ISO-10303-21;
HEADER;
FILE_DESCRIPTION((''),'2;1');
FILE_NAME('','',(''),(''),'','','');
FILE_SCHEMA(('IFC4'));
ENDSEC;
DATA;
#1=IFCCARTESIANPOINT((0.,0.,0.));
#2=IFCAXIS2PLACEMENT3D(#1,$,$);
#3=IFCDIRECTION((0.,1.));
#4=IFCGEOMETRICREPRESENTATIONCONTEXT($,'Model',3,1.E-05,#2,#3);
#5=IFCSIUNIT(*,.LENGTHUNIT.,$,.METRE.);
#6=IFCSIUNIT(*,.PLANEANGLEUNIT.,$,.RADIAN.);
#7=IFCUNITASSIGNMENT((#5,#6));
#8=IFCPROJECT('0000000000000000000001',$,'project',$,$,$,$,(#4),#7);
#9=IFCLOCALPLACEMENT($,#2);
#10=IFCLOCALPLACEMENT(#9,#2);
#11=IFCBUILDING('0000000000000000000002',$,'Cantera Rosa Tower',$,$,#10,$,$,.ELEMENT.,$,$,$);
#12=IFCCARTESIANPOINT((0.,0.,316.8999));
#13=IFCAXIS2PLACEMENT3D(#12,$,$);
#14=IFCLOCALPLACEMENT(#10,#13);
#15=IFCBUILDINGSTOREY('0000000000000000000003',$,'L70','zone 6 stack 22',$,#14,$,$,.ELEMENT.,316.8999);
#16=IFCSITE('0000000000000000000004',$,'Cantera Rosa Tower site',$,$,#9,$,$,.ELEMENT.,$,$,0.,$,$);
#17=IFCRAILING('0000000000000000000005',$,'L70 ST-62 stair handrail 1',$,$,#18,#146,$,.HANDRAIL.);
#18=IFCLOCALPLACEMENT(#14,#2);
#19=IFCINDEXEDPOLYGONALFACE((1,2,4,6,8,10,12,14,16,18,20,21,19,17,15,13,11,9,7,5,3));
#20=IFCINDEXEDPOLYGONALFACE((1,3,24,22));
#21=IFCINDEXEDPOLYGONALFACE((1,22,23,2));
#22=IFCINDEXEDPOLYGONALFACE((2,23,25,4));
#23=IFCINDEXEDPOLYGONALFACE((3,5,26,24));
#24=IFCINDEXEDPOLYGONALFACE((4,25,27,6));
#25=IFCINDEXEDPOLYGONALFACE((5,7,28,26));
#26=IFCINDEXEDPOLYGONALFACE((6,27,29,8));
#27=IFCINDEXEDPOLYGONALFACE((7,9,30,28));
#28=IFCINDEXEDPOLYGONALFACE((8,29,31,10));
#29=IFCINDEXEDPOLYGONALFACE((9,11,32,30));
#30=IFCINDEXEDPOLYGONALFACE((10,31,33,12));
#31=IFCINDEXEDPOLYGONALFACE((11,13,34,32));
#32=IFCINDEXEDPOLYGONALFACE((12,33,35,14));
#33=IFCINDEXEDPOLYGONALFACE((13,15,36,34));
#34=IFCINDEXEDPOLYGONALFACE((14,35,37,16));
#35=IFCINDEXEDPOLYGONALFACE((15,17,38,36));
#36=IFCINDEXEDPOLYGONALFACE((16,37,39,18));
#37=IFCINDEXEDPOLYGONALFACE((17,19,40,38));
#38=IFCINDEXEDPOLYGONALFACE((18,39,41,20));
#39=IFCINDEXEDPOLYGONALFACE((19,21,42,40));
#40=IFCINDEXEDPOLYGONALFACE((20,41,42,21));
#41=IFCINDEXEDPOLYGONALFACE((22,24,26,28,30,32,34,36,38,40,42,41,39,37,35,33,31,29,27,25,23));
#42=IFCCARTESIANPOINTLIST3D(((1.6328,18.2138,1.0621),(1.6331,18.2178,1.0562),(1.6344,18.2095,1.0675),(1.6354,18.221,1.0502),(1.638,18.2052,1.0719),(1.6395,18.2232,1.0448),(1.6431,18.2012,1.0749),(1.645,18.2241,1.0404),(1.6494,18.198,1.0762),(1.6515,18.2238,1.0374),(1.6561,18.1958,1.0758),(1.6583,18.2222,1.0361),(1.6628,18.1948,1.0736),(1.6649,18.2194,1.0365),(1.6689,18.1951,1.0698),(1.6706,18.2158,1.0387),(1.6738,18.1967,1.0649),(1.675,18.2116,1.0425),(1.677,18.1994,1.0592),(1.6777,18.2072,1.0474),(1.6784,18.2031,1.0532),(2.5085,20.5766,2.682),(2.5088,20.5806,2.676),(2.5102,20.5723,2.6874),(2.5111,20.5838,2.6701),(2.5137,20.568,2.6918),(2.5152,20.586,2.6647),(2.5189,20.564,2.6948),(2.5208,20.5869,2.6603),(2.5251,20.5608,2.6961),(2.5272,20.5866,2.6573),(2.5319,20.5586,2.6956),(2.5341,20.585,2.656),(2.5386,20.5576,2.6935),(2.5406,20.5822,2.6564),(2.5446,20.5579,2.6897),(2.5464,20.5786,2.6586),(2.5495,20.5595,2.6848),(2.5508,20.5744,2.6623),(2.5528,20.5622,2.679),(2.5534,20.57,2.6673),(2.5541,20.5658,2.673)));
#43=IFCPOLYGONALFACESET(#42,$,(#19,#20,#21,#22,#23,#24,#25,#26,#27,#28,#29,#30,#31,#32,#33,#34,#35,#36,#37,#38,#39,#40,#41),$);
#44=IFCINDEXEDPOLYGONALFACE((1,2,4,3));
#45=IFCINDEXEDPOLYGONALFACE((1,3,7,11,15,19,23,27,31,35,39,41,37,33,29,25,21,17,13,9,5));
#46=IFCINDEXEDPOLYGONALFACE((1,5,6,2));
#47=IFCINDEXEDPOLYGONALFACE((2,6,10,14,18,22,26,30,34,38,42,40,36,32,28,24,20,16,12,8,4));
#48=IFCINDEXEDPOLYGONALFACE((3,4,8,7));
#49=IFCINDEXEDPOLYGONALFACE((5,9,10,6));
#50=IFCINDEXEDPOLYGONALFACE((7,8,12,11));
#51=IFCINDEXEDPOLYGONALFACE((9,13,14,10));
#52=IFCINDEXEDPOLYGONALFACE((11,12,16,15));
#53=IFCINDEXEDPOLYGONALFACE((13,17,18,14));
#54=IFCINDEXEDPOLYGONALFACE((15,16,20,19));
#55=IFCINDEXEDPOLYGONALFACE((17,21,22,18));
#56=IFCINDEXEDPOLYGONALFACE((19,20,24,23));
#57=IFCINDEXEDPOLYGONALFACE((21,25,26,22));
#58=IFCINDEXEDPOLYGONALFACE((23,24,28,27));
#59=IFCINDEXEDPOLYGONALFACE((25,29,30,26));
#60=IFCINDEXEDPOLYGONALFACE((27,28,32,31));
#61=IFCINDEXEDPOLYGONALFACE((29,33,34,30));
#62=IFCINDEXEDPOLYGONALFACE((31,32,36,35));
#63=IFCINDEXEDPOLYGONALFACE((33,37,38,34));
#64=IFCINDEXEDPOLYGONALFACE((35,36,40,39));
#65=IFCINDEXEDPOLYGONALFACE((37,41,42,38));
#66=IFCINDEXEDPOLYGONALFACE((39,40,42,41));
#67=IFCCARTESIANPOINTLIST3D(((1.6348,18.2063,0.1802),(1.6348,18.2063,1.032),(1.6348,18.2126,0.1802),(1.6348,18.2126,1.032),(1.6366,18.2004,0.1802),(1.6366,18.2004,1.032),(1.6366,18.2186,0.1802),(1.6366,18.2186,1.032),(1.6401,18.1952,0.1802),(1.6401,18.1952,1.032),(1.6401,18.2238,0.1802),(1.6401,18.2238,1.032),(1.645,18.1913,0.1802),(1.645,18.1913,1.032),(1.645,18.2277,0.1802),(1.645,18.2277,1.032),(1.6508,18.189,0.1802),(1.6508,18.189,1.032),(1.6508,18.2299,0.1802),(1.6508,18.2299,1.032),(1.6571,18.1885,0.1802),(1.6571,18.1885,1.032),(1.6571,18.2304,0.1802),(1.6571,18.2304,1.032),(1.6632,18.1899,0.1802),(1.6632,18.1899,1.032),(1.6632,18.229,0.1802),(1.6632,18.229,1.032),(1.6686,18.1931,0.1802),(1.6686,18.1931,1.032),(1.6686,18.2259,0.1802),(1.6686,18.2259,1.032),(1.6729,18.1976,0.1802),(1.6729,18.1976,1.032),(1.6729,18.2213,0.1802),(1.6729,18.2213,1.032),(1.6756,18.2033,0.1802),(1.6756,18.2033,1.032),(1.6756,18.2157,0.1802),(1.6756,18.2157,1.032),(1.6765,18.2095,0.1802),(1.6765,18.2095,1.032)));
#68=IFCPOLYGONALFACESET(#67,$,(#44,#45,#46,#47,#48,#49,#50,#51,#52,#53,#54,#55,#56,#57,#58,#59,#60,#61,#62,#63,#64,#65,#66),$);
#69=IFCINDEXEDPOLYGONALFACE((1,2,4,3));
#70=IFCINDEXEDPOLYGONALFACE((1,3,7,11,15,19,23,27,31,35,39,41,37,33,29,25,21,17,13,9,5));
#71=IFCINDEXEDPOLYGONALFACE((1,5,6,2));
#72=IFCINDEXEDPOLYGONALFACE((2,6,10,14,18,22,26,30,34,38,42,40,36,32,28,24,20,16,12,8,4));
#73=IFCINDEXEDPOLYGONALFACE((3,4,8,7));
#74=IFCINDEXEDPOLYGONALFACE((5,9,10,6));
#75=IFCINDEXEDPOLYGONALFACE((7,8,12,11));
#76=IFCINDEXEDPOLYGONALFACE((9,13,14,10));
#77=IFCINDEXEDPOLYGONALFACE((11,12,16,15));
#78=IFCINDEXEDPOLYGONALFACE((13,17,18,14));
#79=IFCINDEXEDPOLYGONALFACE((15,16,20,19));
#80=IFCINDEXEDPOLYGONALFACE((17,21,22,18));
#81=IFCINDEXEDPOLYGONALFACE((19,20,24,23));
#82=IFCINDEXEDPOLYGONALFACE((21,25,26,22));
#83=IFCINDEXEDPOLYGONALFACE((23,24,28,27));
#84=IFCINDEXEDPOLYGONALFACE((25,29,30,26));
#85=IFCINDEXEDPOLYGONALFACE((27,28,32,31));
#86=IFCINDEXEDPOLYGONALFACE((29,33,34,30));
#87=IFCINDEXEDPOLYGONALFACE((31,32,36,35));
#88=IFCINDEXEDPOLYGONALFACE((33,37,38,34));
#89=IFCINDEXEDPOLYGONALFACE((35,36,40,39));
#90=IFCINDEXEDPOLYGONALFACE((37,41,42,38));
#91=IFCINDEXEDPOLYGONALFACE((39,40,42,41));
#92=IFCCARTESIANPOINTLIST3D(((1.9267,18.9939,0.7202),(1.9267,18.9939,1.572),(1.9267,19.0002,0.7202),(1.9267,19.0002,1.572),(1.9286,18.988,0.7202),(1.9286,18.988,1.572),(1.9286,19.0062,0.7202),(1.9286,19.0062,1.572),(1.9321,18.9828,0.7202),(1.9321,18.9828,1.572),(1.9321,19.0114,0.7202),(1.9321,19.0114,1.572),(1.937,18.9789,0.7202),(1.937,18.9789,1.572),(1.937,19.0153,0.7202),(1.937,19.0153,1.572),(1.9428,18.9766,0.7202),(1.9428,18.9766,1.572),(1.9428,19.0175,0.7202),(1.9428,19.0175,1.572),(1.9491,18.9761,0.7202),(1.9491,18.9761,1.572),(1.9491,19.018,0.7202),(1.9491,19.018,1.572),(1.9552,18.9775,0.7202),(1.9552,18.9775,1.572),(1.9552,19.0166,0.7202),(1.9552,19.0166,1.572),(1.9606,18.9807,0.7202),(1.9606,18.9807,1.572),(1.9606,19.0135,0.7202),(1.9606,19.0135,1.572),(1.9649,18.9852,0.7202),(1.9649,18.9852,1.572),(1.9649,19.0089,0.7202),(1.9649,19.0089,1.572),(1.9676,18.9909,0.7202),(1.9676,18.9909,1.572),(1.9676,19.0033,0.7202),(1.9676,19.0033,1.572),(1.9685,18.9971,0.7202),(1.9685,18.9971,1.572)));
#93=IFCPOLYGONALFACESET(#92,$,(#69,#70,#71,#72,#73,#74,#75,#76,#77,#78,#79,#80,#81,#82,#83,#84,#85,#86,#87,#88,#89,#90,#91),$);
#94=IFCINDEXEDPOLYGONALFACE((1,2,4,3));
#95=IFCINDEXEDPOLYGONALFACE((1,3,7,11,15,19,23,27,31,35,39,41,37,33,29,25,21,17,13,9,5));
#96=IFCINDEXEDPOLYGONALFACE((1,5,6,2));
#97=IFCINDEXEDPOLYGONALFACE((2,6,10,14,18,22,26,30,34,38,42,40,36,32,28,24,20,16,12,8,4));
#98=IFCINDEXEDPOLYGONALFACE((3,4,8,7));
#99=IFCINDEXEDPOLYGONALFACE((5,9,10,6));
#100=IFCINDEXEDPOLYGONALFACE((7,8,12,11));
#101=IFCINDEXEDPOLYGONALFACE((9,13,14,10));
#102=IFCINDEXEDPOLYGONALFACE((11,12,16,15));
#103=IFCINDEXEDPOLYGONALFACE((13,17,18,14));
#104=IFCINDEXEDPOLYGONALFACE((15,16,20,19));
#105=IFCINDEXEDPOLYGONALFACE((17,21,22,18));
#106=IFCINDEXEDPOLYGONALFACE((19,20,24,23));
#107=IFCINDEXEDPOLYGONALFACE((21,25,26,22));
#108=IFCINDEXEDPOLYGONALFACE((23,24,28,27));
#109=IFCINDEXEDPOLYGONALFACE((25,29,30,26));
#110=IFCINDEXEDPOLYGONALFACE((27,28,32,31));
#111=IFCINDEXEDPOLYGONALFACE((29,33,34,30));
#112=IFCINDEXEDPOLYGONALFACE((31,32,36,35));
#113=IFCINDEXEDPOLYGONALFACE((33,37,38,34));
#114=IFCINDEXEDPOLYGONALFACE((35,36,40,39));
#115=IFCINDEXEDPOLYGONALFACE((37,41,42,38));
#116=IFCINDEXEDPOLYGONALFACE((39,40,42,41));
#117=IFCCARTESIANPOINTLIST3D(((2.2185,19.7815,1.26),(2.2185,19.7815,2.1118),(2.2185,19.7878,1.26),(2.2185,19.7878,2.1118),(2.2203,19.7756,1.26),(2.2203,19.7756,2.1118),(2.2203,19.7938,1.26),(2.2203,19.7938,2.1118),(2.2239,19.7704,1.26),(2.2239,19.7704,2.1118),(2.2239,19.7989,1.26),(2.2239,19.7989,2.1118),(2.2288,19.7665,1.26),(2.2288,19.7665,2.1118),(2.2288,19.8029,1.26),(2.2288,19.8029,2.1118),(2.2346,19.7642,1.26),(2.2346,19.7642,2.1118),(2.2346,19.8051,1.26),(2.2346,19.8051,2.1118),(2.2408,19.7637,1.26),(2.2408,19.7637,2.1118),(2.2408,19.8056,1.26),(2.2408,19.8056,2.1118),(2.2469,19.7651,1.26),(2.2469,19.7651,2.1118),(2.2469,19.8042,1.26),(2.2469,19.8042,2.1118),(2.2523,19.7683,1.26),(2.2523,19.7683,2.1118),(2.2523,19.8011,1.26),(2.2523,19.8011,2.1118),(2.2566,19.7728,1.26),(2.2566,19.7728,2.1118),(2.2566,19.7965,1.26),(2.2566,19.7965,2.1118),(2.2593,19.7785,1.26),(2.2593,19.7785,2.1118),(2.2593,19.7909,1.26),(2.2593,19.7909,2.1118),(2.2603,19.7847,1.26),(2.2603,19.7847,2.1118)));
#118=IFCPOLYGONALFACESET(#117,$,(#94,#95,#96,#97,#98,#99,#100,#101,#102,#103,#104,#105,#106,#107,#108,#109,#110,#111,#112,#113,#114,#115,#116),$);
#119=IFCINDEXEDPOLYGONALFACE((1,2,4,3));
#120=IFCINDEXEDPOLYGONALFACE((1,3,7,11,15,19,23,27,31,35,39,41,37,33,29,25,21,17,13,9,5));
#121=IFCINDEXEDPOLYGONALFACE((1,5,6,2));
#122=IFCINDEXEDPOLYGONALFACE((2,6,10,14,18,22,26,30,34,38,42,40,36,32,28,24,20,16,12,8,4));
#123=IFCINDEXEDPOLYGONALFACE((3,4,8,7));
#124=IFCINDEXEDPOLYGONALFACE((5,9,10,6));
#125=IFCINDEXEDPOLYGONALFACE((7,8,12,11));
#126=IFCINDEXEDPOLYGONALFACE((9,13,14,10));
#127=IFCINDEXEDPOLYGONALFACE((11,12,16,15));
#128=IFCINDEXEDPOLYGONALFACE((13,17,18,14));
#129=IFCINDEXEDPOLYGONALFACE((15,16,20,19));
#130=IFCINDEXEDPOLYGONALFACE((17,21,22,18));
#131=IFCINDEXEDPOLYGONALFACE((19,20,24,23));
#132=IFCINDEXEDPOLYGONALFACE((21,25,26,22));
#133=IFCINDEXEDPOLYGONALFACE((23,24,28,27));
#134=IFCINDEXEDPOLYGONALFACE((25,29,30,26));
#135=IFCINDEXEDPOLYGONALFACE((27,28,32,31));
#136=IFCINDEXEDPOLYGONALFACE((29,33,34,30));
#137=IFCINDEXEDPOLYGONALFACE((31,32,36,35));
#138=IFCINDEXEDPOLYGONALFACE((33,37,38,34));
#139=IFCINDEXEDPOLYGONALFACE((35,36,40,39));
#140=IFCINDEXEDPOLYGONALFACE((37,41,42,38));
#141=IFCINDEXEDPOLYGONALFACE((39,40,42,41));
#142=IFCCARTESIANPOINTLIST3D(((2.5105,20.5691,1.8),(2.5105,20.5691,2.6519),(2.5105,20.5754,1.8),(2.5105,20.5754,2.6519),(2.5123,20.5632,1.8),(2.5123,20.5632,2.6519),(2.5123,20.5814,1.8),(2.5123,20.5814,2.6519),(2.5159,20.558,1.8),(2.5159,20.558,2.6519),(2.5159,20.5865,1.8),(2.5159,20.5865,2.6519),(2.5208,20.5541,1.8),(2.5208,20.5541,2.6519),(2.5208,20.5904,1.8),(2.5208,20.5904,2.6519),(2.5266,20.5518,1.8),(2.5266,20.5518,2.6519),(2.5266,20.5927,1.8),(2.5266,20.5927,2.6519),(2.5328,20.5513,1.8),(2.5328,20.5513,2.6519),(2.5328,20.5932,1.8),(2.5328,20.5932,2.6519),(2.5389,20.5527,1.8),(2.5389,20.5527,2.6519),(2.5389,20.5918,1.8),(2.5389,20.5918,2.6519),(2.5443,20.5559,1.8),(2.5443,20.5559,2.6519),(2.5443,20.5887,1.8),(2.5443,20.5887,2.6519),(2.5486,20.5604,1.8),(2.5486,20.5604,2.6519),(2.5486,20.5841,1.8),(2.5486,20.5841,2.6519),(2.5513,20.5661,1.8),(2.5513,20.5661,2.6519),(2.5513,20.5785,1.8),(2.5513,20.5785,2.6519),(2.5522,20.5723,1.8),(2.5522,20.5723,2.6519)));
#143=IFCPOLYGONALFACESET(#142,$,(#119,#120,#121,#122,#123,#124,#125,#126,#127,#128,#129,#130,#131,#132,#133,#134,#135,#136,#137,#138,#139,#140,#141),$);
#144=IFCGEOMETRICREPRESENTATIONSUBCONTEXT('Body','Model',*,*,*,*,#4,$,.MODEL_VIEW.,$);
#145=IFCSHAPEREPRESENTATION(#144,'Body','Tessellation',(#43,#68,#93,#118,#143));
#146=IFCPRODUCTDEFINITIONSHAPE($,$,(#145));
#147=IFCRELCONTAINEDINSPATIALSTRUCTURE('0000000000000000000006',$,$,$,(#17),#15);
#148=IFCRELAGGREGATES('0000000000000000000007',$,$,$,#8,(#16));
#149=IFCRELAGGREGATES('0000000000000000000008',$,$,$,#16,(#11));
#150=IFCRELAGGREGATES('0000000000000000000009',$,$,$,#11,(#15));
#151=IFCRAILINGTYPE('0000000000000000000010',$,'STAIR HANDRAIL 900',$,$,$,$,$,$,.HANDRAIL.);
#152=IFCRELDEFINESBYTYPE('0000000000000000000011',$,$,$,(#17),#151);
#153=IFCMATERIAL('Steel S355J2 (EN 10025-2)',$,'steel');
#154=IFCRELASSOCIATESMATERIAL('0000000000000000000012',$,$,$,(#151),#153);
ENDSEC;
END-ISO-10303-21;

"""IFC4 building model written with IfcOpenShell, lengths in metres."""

from ifc_helpers import new_model, si_unit, direction, frame, origin, origin_2d, place, context, subcontext, project, spatial, circle, extrude, material, type_object, element, save


model = new_model("IFC4")

# Units and contexts
model_context = context("Model", 3, precision=1e-05, world=origin(), true_north=direction((0.0, 1.0)))
body_context = subcontext(model_context, "Body", "Model", "MODEL_VIEW")
ifc_project = project(units=[si_unit("LENGTHUNIT", "METRE"), si_unit("PLANEANGLEUNIT", "RADIAN")], contexts=[model_context])

# Site, building, storey
site_placement = place(None, origin())
site = spatial("IfcSite", under=ifc_project, at=site_placement, Name="Cantera Rosa Tower site", CompositionType="ELEMENT", RefElevation=0.0)
building_placement = place(site_placement, origin())
building = spatial("IfcBuilding", under=site, at=building_placement, Name="Cantera Rosa Tower", CompositionType="ELEMENT")
storey_placement = place(building_placement, frame((0.0, 0.0, 316.8999)))
storey = spatial("IfcBuildingStorey", under=building, at=storey_placement, Name="L70", Description="zone 6 stack 22", CompositionType="ELEMENT", Elevation=316.8999)

# Railing
ifc_material_1 = material(Name="Steel S355J2 (EN 10025-2)", Category="steel")
railing_type_1 = type_object("IfcRailingType", Name="STAIR HANDRAIL 900", PredefinedType="HANDRAIL", material=ifc_material_1)
railing_1_placement = place(storey_placement, frame((1.6555, 18.2095, 0.1802)))
element("IfcRailing", 1, at=railing_1_placement, inside=storey, type_object=railing_type_1, Name="L70 ST-62 stair handrail 1", PredefinedType="HANDRAIL", context=body_context, shape_type="SweptSolid", body=[
    extrude(circle(Radius=0.0239, at=origin_2d()), frame((0.0, 0.0, 0.876), z_axis=(0.292338, 0.788752, 0.540749), x_axis=(-0.937668, 0.347532, 0.0)), (0.0, 0.0, 1.0), 2.9956),
    extrude(circle(Radius=0.021, at=origin_2d()), origin(), (0.0, 0.0, 1.0), 0.8518),
    extrude(circle(Radius=0.021, at=origin_2d()), frame((0.292, 0.7876, 0.54)), (0.0, 0.0, 1.0), 0.8518),
    extrude(circle(Radius=0.021, at=origin_2d()), frame((0.5837, 1.5752, 1.0798)), (0.0, 0.0, 1.0), 0.8518),
    extrude(circle(Radius=0.021, at=origin_2d()), frame((0.8757, 2.3628, 1.6199)), (0.0, 0.0, 1.0), 0.8518),
])

save(model, "model.ifc")
